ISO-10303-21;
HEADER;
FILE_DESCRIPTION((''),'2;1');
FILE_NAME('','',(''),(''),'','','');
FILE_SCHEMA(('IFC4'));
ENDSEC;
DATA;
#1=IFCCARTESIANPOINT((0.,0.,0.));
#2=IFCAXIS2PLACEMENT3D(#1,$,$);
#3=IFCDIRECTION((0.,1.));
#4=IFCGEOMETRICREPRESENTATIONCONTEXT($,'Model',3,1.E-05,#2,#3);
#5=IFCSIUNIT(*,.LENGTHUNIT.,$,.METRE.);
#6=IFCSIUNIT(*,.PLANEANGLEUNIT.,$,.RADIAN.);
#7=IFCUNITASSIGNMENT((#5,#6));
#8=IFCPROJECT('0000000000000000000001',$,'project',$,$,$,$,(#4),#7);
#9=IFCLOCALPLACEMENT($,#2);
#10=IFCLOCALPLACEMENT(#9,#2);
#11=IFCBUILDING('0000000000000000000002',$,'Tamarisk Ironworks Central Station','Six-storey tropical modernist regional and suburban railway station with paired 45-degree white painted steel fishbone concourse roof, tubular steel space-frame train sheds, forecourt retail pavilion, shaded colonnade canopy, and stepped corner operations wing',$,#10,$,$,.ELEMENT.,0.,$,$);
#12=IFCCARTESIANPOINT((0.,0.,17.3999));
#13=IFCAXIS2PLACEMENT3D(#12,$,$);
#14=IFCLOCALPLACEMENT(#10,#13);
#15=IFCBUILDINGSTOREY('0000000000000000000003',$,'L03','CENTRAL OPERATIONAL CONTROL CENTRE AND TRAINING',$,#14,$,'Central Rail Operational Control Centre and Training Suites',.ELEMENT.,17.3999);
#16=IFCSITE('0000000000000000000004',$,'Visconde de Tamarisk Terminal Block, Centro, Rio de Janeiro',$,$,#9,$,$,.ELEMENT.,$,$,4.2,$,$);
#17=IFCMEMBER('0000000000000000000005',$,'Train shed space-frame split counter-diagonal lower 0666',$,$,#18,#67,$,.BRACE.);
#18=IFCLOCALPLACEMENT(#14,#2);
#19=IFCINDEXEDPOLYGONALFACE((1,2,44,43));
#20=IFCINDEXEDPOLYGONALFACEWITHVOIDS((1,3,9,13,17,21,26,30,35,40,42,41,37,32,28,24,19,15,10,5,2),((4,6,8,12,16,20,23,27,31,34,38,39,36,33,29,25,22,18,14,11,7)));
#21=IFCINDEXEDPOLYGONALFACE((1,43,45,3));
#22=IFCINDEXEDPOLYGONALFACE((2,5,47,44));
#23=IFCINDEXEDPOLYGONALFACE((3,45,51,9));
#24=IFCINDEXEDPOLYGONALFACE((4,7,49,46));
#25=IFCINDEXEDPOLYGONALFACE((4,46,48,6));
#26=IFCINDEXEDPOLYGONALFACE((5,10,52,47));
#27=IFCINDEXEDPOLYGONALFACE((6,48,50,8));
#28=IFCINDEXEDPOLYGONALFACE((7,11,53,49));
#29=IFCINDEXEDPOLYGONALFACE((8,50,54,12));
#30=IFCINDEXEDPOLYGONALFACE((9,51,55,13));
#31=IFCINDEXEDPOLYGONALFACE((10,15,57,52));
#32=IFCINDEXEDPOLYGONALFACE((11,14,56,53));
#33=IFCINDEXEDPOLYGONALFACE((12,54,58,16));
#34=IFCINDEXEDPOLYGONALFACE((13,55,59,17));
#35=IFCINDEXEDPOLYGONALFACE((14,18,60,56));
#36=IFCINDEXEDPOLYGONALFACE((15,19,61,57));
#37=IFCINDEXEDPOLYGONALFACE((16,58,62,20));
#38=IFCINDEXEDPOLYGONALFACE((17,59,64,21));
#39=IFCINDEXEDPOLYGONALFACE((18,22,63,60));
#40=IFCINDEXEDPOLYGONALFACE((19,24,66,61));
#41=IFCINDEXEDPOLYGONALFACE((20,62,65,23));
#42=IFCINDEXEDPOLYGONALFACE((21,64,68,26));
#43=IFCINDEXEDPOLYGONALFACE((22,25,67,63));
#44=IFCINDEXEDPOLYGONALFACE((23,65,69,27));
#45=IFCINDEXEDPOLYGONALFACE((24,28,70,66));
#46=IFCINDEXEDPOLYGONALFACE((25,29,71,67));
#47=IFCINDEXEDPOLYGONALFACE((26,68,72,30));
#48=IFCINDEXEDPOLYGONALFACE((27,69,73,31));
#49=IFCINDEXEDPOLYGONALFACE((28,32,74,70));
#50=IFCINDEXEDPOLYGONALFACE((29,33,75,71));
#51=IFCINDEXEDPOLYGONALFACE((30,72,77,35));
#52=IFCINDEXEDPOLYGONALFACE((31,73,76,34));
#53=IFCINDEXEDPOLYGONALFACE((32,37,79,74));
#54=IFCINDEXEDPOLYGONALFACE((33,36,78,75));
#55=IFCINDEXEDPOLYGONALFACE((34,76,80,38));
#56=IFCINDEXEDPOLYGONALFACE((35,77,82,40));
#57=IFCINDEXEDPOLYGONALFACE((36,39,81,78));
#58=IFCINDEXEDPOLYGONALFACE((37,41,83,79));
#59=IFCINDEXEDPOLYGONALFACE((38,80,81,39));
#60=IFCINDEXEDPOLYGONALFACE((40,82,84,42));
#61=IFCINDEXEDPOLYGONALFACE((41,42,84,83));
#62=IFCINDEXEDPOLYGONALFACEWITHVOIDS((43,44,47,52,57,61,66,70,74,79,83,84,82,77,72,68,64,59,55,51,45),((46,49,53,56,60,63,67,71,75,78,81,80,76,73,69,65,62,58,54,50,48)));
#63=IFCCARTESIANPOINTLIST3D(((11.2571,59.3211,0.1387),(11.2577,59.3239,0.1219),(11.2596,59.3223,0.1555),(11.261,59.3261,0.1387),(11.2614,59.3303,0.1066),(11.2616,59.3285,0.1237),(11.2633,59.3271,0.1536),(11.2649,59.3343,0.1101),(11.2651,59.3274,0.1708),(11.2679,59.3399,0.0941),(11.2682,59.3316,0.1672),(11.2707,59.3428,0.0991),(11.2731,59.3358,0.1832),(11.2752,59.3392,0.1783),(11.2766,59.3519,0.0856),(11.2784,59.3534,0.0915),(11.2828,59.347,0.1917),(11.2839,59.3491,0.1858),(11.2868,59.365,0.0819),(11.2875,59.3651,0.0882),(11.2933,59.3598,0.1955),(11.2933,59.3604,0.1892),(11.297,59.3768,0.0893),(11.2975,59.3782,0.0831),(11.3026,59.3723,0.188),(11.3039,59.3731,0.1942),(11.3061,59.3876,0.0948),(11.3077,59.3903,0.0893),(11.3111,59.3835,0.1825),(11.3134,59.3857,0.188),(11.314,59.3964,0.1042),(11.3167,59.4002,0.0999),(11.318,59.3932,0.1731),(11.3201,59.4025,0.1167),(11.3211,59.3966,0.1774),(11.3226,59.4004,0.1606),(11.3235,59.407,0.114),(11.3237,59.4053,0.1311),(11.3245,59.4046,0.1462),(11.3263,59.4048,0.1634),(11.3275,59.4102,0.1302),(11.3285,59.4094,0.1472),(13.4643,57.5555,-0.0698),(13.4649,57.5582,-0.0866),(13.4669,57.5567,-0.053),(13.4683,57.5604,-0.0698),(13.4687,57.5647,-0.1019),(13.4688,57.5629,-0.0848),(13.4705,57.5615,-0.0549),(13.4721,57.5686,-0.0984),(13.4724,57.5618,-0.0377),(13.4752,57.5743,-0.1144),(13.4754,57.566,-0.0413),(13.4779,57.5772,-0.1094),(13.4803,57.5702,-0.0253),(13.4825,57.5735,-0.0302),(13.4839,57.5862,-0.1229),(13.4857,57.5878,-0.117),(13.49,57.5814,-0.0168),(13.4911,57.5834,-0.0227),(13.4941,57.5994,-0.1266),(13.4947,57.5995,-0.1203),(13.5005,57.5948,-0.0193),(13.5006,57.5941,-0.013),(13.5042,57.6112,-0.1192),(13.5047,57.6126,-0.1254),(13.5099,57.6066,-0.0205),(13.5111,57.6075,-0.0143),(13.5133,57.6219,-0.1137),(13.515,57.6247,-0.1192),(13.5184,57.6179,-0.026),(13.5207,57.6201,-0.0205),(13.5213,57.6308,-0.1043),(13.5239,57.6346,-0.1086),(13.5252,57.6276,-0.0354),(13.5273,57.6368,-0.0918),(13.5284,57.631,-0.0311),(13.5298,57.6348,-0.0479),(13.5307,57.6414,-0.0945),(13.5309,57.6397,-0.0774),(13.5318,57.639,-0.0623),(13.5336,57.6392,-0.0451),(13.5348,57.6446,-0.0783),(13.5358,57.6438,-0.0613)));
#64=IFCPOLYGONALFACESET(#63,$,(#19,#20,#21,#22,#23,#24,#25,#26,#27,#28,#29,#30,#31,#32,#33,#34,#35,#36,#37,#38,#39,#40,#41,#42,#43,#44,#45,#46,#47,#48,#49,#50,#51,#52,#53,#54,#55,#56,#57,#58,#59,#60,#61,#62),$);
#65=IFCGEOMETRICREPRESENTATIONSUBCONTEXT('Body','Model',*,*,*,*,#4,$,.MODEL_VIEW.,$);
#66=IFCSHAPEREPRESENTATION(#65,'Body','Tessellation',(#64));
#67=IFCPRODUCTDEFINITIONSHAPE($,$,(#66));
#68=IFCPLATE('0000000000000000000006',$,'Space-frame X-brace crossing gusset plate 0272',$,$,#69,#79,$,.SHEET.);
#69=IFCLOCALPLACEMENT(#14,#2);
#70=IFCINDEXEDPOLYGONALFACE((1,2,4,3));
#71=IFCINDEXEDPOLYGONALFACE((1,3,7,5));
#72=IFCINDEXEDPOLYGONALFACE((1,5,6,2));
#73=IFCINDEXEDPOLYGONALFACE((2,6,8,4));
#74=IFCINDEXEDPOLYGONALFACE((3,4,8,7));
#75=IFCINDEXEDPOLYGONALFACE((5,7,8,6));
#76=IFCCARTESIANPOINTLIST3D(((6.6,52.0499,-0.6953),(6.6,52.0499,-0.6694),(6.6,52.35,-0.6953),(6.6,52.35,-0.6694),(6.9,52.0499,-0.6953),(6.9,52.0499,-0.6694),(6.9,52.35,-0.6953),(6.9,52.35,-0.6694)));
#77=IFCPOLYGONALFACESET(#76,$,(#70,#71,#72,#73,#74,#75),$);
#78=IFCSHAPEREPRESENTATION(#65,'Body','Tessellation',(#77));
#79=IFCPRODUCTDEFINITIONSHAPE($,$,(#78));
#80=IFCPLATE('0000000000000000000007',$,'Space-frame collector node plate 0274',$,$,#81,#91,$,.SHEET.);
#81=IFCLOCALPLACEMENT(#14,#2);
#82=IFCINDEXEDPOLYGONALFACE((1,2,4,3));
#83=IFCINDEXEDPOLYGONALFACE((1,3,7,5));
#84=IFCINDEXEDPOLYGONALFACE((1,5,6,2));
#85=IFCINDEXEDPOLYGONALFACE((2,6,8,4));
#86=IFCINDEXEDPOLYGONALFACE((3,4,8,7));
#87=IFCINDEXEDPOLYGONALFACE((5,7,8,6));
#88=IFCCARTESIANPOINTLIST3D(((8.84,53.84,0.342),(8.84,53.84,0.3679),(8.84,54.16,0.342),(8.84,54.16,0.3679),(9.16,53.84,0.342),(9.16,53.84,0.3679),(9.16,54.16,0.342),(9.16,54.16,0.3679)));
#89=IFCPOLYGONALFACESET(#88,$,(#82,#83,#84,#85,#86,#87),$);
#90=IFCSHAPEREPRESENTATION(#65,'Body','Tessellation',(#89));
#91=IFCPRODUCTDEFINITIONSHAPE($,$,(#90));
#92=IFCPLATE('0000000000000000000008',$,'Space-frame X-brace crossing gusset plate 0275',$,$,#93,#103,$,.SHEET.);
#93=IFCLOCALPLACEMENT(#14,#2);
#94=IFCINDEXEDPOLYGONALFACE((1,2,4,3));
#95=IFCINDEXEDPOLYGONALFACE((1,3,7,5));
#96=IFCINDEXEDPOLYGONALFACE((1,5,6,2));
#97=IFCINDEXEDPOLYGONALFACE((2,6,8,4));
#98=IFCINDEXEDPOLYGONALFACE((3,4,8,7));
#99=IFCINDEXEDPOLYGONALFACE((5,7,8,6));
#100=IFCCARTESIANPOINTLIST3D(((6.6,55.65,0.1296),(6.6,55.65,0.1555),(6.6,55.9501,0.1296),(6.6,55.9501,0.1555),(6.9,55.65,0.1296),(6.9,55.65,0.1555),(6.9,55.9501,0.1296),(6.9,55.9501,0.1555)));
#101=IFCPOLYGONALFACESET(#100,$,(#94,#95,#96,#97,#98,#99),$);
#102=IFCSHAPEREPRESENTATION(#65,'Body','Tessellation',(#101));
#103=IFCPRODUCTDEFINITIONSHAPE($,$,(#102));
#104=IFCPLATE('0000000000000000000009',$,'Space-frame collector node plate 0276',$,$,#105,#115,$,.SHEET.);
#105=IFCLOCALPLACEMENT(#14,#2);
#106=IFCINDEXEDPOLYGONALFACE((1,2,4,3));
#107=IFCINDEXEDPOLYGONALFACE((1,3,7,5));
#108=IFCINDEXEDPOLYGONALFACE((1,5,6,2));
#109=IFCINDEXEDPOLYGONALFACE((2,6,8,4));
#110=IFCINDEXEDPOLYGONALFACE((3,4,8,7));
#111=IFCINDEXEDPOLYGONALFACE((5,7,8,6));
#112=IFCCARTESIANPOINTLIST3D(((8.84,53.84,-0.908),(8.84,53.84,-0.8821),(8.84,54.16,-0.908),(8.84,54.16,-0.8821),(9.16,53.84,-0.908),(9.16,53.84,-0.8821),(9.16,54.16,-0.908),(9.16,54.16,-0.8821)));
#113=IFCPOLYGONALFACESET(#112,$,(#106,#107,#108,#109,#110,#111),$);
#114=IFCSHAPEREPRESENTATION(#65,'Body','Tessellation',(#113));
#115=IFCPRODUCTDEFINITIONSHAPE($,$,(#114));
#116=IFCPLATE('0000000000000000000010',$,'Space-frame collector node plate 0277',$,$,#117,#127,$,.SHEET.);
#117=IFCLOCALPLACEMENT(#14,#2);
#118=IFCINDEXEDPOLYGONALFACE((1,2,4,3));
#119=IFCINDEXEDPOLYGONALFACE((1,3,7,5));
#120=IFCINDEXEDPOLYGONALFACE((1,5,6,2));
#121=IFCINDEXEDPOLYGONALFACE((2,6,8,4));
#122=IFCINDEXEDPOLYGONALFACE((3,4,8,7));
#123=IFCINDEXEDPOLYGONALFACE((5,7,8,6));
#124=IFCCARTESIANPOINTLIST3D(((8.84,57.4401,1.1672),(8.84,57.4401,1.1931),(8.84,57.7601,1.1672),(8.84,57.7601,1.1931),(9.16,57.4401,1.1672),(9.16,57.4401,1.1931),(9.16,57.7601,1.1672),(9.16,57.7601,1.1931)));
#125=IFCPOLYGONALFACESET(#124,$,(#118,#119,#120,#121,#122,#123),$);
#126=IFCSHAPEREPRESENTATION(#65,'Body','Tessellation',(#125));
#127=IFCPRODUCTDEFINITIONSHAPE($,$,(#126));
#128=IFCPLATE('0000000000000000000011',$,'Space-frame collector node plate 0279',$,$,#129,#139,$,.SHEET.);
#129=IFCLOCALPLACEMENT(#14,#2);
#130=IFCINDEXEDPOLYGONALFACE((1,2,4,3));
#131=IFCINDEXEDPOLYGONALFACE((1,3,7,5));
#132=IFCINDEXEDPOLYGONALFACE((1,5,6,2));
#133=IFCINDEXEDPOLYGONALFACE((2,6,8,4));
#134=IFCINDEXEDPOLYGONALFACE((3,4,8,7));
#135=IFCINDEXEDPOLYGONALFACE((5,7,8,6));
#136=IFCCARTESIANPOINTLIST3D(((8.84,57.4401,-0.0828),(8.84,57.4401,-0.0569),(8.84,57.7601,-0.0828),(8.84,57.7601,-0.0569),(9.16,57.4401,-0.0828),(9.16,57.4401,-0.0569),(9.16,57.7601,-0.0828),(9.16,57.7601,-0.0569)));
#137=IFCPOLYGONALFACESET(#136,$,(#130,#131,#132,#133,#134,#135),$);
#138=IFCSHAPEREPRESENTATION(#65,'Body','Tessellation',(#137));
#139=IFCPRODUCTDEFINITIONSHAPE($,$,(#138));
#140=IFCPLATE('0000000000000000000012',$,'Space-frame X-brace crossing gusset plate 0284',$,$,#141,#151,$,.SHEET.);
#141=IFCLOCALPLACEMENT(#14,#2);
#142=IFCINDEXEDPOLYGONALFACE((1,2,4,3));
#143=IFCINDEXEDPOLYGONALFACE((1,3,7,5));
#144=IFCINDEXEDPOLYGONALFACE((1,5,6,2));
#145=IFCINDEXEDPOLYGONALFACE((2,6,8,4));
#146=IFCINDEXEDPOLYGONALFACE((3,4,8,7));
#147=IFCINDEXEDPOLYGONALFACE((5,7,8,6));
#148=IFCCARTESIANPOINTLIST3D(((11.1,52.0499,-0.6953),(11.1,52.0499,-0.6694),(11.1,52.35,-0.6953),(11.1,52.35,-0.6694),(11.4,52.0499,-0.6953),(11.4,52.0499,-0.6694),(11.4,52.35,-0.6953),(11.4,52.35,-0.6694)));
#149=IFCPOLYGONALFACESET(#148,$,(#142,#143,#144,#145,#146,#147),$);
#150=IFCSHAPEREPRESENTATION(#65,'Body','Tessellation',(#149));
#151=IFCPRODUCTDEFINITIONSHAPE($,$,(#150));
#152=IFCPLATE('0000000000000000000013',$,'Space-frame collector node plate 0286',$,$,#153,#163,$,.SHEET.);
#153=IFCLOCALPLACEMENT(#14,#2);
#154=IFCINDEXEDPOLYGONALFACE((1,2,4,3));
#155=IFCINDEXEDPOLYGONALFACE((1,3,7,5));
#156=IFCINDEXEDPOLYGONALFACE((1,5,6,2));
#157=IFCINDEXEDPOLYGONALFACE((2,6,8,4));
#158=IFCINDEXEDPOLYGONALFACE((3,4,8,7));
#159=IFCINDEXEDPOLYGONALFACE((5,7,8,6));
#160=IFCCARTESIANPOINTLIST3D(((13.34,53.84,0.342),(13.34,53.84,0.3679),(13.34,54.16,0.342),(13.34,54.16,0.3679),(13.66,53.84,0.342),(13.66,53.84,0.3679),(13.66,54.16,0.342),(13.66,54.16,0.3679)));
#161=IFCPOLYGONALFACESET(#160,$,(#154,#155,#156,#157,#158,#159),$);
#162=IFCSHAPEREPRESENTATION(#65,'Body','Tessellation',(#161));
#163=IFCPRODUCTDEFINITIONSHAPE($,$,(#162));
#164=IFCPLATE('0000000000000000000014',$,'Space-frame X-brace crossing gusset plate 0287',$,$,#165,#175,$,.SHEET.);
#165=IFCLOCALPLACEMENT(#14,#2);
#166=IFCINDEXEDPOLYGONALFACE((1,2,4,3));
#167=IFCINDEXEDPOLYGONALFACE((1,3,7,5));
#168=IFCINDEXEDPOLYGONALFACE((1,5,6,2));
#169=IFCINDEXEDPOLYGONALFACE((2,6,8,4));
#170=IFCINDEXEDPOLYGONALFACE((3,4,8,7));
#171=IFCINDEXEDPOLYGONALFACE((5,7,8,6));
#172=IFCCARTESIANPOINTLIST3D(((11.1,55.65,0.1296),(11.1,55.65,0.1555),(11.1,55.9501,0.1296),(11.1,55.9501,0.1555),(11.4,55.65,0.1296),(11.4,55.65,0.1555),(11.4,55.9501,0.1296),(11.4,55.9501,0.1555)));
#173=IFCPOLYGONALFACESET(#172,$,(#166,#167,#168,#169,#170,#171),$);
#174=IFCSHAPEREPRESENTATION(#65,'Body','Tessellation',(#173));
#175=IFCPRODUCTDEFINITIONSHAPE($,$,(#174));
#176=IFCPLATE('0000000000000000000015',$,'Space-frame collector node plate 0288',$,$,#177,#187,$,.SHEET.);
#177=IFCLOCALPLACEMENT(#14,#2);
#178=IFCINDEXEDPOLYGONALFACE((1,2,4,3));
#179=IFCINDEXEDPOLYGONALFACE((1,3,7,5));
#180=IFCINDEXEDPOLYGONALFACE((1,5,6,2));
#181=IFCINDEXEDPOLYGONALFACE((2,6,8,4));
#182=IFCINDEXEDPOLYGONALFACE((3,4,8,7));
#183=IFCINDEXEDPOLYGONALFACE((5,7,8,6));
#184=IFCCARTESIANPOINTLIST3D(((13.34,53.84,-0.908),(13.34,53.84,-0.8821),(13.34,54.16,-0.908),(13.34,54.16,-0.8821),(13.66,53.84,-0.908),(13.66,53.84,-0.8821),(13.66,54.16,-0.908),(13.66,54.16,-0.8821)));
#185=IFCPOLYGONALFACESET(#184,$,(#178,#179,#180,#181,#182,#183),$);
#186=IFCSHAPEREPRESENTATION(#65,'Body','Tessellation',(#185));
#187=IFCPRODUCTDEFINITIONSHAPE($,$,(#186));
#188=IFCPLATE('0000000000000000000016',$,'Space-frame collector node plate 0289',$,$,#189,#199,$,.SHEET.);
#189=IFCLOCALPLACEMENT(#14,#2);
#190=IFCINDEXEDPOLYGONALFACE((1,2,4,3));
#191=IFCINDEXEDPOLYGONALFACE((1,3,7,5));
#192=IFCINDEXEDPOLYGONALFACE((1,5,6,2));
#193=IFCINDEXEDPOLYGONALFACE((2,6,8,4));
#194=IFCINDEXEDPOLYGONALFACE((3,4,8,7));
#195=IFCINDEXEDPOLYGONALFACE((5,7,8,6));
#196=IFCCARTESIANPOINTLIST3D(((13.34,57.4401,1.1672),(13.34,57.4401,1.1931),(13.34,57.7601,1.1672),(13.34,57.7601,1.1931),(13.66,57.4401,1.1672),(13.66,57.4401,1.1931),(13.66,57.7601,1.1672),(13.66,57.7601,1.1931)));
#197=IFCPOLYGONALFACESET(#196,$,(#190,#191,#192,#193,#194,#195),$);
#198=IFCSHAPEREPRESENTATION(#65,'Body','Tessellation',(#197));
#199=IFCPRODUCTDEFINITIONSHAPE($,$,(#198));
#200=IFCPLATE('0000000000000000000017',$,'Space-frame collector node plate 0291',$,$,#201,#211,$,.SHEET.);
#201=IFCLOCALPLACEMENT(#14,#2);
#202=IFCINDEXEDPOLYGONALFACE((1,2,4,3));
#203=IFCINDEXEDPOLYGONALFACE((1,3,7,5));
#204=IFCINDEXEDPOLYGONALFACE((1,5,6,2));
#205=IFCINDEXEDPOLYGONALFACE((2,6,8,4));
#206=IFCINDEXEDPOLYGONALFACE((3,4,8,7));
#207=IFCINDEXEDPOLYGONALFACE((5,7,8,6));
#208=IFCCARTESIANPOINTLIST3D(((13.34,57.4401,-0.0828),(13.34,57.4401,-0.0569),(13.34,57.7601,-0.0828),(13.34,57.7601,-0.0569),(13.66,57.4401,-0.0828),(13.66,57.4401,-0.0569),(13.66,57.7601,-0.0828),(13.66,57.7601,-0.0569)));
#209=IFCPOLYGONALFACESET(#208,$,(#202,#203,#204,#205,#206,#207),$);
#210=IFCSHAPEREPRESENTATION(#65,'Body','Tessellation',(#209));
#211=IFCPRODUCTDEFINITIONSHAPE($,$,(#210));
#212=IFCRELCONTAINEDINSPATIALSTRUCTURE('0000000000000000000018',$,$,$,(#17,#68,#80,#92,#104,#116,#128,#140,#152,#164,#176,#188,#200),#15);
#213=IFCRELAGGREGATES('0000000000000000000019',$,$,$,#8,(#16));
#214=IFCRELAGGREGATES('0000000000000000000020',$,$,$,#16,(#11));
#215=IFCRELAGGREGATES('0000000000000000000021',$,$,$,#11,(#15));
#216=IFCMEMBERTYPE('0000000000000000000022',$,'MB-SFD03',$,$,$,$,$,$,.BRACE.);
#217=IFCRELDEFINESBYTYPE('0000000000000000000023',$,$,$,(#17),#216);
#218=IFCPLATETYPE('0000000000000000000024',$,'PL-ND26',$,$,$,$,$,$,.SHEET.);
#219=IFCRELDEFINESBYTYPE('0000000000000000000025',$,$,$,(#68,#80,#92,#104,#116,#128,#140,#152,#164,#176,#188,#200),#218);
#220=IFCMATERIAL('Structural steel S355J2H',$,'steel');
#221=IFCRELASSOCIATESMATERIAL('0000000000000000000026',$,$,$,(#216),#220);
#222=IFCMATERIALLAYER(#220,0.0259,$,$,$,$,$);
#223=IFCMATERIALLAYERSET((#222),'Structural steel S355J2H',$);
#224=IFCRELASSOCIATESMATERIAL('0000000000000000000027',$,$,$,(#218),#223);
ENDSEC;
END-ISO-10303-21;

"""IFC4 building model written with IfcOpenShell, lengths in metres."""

from ifc_helpers import new_model, si_unit, direction, frame, origin, origin_2d, place, context, subcontext, project, spatial, rectangle, hollow_circle, extrude, material, layer, layer_set, material_profile, profile_set, type_object, element, save


model = new_model("IFC4")

# Units and contexts
model_context = context("Model", 3, precision=1e-05, world=origin(), true_north=direction((0.0, 1.0)))
body_context = subcontext(model_context, "Body", "Model", "MODEL_VIEW")
ifc_project = project(units=[si_unit("LENGTHUNIT", "METRE"), si_unit("PLANEANGLEUNIT", "RADIAN")], contexts=[model_context])

# Site, building, storey
site_placement = place(None, origin())
site = spatial("IfcSite", under=ifc_project, at=site_placement, Name="Visconde de Tamarisk Terminal Block, Centro, Rio de Janeiro", CompositionType="ELEMENT", RefElevation=4.2)
building_placement = place(site_placement, origin())
building = spatial("IfcBuilding", under=site, at=building_placement, Name="Tamarisk Ironworks Central Station", Description="Six-storey tropical modernist regional and suburban railway station with paired 45-degree white painted steel fishbone concourse roof, tubular steel space-frame train sheds, forecourt retail pavilion, shaded colonnade canopy, and stepped corner operations wing", CompositionType="ELEMENT", ElevationOfRefHeight=0.0)
storey_placement = place(building_placement, frame((0.0, 0.0, 17.3999)))
storey = spatial("IfcBuildingStorey", under=building, at=storey_placement, Name="L03", Description="CENTRAL OPERATIONAL CONTROL CENTRE AND TRAINING", LongName="Central Rail Operational Control Centre and Training Suites", CompositionType="ELEMENT", Elevation=17.3999)

# Member
ifc_material_1 = material(Name="Structural steel S355J2H", Category="steel")
ifc_material_profile_1 = material_profile(ifc_material_1, hollow_circle(Radius=0.0571, WallThickness=0.0063, at=origin_2d()), Name="CHS 114.3x6.3")
ifc_profile_set_1 = profile_set([ifc_material_profile_1], Name="Structural steel S355J2H")
member_type_1 = type_object("IfcMemberType", Name="MB-SFD03", PredefinedType="BRACE", material=ifc_profile_set_1)
member_1_placement = place(storey_placement, frame((13.5, 57.6001, -0.0698), z_axis=(-0.778787, 0.62296, 0.073563), x_axis=(-0.624653, -0.780903, 0.0)))
element("IfcMember", 1, at=member_1_placement, inside=storey, type_object=member_type_1, Name="Train shed space-frame split counter-diagonal lower 0666", PredefinedType="BRACE", context=body_context, shape_type="SweptSolid", body=[
    extrude(hollow_circle(Radius=0.0571, WallThickness=0.0063, at=origin_2d()), origin(), (0.0, 0.0, 1.0), 2.8342),
])

# Plates
ifc_layer = layer(ifc_material_1, 0.0259)
ifc_layer_set = layer_set([ifc_layer], Name="Structural steel S355J2H")
plate_type = type_object("IfcPlateType", Name="PL-ND26", PredefinedType="SHEET", material=ifc_layer_set)
plate_1_placement = place(storey_placement, frame((6.75, 52.2, -0.6953), z_axis=(0.0, 0.0, 1.0), x_axis=(1.0, 0.0, 0.0)))
element("IfcPlate", 2, at=plate_1_placement, inside=storey, type_object=plate_type, Name="Space-frame X-brace crossing gusset plate 0272", PredefinedType="SHEET", context=body_context, shape_type="SweptSolid", body=[
    extrude(rectangle(XDim=0.3, YDim=0.3, at=origin_2d()), origin(), (0.0, 0.0, 1.0), 0.0259),
])
plate_2_placement = place(storey_placement, frame((9.0, 54.0, 0.342), z_axis=(0.0, 0.0, 1.0), x_axis=(1.0, 0.0, 0.0)))
element("IfcPlate", 3, at=plate_2_placement, inside=storey, type_object=plate_type, Name="Space-frame collector node plate 0274", PredefinedType="SHEET", context=body_context, shape_type="SweptSolid", body=[
    extrude(rectangle(XDim=0.3201, YDim=0.3201, at=origin_2d()), origin(), (0.0, 0.0, 1.0), 0.0259),
])
plate_3_placement = place(storey_placement, frame((6.75, 55.8, 0.1296), z_axis=(0.0, 0.0, 1.0), x_axis=(1.0, 0.0, 0.0)))
element("IfcPlate", 4, at=plate_3_placement, inside=storey, type_object=plate_type, Name="Space-frame X-brace crossing gusset plate 0275", PredefinedType="SHEET", context=body_context, shape_type="SweptSolid", body=[
    extrude(rectangle(XDim=0.3, YDim=0.3, at=origin_2d()), origin(), (0.0, 0.0, 1.0), 0.0259),
])
for number, where, z_axis, x_axis, name in (
    (5, (9.0, 54.0, -0.908), (0.0, 0.0, 1.0), (1.0, 0.0, 0.0), "Space-frame collector node plate 0276"),
    (6, (9.0, 57.6001, 1.1672), (0.0, 0.0, 1.0), (1.0, 0.0, 0.0), "Space-frame collector node plate 0277"),
    (7, (9.0, 57.6001, -0.0828), (0.0, 0.0, 1.0), (1.0, 0.0, 0.0), "Space-frame collector node plate 0279"),
):
    element("IfcPlate", number, at=place(storey_placement, frame(where, z_axis=z_axis, x_axis=x_axis)), inside=storey, type_object=plate_type, Name=name, PredefinedType="SHEET", context=body_context, shape_type="SweptSolid", body=[
        extrude(rectangle(XDim=0.3201, YDim=0.3201, at=origin_2d()), origin(), (0.0, 0.0, 1.0), 0.0259),
    ])
plate_4_placement = place(storey_placement, frame((11.25, 52.2, -0.6953), z_axis=(0.0, 0.0, 1.0), x_axis=(1.0, 0.0, 0.0)))
element("IfcPlate", 8, at=plate_4_placement, inside=storey, type_object=plate_type, Name="Space-frame X-brace crossing gusset plate 0284", PredefinedType="SHEET", context=body_context, shape_type="SweptSolid", body=[
    extrude(rectangle(XDim=0.3, YDim=0.3, at=origin_2d()), origin(), (0.0, 0.0, 1.0), 0.0259),
])
plate_5_placement = place(storey_placement, frame((13.5, 54.0, 0.342), z_axis=(0.0, 0.0, 1.0), x_axis=(1.0, 0.0, 0.0)))
element("IfcPlate", 9, at=plate_5_placement, inside=storey, type_object=plate_type, Name="Space-frame collector node plate 0286", PredefinedType="SHEET", context=body_context, shape_type="SweptSolid", body=[
    extrude(rectangle(XDim=0.3201, YDim=0.3201, at=origin_2d()), origin(), (0.0, 0.0, 1.0), 0.0259),
])
plate_6_placement = place(storey_placement, frame((11.25, 55.8, 0.1296), z_axis=(0.0, 0.0, 1.0), x_axis=(1.0, 0.0, 0.0)))
element("IfcPlate", 10, at=plate_6_placement, inside=storey, type_object=plate_type, Name="Space-frame X-brace crossing gusset plate 0287", PredefinedType="SHEET", context=body_context, shape_type="SweptSolid", body=[
    extrude(rectangle(XDim=0.3, YDim=0.3, at=origin_2d()), origin(), (0.0, 0.0, 1.0), 0.0259),
])
for number, where, z_axis, x_axis, name in (
    (11, (13.5, 54.0, -0.908), (0.0, 0.0, 1.0), (1.0, 0.0, 0.0), "Space-frame collector node plate 0288"),
    (12, (13.5, 57.6001, 1.1672), (0.0, 0.0, 1.0), (1.0, 0.0, 0.0), "Space-frame collector node plate 0289"),
    (13, (13.5, 57.6001, -0.0828), (0.0, 0.0, 1.0), (1.0, 0.0, 0.0), "Space-frame collector node plate 0291"),
):
    element("IfcPlate", number, at=place(storey_placement, frame(where, z_axis=z_axis, x_axis=x_axis)), inside=storey, type_object=plate_type, Name=name, PredefinedType="SHEET", context=body_context, shape_type="SweptSolid", body=[
        extrude(rectangle(XDim=0.3201, YDim=0.3201, at=origin_2d()), origin(), (0.0, 0.0, 1.0), 0.0259),
    ])

save(model, "model.ifc")
